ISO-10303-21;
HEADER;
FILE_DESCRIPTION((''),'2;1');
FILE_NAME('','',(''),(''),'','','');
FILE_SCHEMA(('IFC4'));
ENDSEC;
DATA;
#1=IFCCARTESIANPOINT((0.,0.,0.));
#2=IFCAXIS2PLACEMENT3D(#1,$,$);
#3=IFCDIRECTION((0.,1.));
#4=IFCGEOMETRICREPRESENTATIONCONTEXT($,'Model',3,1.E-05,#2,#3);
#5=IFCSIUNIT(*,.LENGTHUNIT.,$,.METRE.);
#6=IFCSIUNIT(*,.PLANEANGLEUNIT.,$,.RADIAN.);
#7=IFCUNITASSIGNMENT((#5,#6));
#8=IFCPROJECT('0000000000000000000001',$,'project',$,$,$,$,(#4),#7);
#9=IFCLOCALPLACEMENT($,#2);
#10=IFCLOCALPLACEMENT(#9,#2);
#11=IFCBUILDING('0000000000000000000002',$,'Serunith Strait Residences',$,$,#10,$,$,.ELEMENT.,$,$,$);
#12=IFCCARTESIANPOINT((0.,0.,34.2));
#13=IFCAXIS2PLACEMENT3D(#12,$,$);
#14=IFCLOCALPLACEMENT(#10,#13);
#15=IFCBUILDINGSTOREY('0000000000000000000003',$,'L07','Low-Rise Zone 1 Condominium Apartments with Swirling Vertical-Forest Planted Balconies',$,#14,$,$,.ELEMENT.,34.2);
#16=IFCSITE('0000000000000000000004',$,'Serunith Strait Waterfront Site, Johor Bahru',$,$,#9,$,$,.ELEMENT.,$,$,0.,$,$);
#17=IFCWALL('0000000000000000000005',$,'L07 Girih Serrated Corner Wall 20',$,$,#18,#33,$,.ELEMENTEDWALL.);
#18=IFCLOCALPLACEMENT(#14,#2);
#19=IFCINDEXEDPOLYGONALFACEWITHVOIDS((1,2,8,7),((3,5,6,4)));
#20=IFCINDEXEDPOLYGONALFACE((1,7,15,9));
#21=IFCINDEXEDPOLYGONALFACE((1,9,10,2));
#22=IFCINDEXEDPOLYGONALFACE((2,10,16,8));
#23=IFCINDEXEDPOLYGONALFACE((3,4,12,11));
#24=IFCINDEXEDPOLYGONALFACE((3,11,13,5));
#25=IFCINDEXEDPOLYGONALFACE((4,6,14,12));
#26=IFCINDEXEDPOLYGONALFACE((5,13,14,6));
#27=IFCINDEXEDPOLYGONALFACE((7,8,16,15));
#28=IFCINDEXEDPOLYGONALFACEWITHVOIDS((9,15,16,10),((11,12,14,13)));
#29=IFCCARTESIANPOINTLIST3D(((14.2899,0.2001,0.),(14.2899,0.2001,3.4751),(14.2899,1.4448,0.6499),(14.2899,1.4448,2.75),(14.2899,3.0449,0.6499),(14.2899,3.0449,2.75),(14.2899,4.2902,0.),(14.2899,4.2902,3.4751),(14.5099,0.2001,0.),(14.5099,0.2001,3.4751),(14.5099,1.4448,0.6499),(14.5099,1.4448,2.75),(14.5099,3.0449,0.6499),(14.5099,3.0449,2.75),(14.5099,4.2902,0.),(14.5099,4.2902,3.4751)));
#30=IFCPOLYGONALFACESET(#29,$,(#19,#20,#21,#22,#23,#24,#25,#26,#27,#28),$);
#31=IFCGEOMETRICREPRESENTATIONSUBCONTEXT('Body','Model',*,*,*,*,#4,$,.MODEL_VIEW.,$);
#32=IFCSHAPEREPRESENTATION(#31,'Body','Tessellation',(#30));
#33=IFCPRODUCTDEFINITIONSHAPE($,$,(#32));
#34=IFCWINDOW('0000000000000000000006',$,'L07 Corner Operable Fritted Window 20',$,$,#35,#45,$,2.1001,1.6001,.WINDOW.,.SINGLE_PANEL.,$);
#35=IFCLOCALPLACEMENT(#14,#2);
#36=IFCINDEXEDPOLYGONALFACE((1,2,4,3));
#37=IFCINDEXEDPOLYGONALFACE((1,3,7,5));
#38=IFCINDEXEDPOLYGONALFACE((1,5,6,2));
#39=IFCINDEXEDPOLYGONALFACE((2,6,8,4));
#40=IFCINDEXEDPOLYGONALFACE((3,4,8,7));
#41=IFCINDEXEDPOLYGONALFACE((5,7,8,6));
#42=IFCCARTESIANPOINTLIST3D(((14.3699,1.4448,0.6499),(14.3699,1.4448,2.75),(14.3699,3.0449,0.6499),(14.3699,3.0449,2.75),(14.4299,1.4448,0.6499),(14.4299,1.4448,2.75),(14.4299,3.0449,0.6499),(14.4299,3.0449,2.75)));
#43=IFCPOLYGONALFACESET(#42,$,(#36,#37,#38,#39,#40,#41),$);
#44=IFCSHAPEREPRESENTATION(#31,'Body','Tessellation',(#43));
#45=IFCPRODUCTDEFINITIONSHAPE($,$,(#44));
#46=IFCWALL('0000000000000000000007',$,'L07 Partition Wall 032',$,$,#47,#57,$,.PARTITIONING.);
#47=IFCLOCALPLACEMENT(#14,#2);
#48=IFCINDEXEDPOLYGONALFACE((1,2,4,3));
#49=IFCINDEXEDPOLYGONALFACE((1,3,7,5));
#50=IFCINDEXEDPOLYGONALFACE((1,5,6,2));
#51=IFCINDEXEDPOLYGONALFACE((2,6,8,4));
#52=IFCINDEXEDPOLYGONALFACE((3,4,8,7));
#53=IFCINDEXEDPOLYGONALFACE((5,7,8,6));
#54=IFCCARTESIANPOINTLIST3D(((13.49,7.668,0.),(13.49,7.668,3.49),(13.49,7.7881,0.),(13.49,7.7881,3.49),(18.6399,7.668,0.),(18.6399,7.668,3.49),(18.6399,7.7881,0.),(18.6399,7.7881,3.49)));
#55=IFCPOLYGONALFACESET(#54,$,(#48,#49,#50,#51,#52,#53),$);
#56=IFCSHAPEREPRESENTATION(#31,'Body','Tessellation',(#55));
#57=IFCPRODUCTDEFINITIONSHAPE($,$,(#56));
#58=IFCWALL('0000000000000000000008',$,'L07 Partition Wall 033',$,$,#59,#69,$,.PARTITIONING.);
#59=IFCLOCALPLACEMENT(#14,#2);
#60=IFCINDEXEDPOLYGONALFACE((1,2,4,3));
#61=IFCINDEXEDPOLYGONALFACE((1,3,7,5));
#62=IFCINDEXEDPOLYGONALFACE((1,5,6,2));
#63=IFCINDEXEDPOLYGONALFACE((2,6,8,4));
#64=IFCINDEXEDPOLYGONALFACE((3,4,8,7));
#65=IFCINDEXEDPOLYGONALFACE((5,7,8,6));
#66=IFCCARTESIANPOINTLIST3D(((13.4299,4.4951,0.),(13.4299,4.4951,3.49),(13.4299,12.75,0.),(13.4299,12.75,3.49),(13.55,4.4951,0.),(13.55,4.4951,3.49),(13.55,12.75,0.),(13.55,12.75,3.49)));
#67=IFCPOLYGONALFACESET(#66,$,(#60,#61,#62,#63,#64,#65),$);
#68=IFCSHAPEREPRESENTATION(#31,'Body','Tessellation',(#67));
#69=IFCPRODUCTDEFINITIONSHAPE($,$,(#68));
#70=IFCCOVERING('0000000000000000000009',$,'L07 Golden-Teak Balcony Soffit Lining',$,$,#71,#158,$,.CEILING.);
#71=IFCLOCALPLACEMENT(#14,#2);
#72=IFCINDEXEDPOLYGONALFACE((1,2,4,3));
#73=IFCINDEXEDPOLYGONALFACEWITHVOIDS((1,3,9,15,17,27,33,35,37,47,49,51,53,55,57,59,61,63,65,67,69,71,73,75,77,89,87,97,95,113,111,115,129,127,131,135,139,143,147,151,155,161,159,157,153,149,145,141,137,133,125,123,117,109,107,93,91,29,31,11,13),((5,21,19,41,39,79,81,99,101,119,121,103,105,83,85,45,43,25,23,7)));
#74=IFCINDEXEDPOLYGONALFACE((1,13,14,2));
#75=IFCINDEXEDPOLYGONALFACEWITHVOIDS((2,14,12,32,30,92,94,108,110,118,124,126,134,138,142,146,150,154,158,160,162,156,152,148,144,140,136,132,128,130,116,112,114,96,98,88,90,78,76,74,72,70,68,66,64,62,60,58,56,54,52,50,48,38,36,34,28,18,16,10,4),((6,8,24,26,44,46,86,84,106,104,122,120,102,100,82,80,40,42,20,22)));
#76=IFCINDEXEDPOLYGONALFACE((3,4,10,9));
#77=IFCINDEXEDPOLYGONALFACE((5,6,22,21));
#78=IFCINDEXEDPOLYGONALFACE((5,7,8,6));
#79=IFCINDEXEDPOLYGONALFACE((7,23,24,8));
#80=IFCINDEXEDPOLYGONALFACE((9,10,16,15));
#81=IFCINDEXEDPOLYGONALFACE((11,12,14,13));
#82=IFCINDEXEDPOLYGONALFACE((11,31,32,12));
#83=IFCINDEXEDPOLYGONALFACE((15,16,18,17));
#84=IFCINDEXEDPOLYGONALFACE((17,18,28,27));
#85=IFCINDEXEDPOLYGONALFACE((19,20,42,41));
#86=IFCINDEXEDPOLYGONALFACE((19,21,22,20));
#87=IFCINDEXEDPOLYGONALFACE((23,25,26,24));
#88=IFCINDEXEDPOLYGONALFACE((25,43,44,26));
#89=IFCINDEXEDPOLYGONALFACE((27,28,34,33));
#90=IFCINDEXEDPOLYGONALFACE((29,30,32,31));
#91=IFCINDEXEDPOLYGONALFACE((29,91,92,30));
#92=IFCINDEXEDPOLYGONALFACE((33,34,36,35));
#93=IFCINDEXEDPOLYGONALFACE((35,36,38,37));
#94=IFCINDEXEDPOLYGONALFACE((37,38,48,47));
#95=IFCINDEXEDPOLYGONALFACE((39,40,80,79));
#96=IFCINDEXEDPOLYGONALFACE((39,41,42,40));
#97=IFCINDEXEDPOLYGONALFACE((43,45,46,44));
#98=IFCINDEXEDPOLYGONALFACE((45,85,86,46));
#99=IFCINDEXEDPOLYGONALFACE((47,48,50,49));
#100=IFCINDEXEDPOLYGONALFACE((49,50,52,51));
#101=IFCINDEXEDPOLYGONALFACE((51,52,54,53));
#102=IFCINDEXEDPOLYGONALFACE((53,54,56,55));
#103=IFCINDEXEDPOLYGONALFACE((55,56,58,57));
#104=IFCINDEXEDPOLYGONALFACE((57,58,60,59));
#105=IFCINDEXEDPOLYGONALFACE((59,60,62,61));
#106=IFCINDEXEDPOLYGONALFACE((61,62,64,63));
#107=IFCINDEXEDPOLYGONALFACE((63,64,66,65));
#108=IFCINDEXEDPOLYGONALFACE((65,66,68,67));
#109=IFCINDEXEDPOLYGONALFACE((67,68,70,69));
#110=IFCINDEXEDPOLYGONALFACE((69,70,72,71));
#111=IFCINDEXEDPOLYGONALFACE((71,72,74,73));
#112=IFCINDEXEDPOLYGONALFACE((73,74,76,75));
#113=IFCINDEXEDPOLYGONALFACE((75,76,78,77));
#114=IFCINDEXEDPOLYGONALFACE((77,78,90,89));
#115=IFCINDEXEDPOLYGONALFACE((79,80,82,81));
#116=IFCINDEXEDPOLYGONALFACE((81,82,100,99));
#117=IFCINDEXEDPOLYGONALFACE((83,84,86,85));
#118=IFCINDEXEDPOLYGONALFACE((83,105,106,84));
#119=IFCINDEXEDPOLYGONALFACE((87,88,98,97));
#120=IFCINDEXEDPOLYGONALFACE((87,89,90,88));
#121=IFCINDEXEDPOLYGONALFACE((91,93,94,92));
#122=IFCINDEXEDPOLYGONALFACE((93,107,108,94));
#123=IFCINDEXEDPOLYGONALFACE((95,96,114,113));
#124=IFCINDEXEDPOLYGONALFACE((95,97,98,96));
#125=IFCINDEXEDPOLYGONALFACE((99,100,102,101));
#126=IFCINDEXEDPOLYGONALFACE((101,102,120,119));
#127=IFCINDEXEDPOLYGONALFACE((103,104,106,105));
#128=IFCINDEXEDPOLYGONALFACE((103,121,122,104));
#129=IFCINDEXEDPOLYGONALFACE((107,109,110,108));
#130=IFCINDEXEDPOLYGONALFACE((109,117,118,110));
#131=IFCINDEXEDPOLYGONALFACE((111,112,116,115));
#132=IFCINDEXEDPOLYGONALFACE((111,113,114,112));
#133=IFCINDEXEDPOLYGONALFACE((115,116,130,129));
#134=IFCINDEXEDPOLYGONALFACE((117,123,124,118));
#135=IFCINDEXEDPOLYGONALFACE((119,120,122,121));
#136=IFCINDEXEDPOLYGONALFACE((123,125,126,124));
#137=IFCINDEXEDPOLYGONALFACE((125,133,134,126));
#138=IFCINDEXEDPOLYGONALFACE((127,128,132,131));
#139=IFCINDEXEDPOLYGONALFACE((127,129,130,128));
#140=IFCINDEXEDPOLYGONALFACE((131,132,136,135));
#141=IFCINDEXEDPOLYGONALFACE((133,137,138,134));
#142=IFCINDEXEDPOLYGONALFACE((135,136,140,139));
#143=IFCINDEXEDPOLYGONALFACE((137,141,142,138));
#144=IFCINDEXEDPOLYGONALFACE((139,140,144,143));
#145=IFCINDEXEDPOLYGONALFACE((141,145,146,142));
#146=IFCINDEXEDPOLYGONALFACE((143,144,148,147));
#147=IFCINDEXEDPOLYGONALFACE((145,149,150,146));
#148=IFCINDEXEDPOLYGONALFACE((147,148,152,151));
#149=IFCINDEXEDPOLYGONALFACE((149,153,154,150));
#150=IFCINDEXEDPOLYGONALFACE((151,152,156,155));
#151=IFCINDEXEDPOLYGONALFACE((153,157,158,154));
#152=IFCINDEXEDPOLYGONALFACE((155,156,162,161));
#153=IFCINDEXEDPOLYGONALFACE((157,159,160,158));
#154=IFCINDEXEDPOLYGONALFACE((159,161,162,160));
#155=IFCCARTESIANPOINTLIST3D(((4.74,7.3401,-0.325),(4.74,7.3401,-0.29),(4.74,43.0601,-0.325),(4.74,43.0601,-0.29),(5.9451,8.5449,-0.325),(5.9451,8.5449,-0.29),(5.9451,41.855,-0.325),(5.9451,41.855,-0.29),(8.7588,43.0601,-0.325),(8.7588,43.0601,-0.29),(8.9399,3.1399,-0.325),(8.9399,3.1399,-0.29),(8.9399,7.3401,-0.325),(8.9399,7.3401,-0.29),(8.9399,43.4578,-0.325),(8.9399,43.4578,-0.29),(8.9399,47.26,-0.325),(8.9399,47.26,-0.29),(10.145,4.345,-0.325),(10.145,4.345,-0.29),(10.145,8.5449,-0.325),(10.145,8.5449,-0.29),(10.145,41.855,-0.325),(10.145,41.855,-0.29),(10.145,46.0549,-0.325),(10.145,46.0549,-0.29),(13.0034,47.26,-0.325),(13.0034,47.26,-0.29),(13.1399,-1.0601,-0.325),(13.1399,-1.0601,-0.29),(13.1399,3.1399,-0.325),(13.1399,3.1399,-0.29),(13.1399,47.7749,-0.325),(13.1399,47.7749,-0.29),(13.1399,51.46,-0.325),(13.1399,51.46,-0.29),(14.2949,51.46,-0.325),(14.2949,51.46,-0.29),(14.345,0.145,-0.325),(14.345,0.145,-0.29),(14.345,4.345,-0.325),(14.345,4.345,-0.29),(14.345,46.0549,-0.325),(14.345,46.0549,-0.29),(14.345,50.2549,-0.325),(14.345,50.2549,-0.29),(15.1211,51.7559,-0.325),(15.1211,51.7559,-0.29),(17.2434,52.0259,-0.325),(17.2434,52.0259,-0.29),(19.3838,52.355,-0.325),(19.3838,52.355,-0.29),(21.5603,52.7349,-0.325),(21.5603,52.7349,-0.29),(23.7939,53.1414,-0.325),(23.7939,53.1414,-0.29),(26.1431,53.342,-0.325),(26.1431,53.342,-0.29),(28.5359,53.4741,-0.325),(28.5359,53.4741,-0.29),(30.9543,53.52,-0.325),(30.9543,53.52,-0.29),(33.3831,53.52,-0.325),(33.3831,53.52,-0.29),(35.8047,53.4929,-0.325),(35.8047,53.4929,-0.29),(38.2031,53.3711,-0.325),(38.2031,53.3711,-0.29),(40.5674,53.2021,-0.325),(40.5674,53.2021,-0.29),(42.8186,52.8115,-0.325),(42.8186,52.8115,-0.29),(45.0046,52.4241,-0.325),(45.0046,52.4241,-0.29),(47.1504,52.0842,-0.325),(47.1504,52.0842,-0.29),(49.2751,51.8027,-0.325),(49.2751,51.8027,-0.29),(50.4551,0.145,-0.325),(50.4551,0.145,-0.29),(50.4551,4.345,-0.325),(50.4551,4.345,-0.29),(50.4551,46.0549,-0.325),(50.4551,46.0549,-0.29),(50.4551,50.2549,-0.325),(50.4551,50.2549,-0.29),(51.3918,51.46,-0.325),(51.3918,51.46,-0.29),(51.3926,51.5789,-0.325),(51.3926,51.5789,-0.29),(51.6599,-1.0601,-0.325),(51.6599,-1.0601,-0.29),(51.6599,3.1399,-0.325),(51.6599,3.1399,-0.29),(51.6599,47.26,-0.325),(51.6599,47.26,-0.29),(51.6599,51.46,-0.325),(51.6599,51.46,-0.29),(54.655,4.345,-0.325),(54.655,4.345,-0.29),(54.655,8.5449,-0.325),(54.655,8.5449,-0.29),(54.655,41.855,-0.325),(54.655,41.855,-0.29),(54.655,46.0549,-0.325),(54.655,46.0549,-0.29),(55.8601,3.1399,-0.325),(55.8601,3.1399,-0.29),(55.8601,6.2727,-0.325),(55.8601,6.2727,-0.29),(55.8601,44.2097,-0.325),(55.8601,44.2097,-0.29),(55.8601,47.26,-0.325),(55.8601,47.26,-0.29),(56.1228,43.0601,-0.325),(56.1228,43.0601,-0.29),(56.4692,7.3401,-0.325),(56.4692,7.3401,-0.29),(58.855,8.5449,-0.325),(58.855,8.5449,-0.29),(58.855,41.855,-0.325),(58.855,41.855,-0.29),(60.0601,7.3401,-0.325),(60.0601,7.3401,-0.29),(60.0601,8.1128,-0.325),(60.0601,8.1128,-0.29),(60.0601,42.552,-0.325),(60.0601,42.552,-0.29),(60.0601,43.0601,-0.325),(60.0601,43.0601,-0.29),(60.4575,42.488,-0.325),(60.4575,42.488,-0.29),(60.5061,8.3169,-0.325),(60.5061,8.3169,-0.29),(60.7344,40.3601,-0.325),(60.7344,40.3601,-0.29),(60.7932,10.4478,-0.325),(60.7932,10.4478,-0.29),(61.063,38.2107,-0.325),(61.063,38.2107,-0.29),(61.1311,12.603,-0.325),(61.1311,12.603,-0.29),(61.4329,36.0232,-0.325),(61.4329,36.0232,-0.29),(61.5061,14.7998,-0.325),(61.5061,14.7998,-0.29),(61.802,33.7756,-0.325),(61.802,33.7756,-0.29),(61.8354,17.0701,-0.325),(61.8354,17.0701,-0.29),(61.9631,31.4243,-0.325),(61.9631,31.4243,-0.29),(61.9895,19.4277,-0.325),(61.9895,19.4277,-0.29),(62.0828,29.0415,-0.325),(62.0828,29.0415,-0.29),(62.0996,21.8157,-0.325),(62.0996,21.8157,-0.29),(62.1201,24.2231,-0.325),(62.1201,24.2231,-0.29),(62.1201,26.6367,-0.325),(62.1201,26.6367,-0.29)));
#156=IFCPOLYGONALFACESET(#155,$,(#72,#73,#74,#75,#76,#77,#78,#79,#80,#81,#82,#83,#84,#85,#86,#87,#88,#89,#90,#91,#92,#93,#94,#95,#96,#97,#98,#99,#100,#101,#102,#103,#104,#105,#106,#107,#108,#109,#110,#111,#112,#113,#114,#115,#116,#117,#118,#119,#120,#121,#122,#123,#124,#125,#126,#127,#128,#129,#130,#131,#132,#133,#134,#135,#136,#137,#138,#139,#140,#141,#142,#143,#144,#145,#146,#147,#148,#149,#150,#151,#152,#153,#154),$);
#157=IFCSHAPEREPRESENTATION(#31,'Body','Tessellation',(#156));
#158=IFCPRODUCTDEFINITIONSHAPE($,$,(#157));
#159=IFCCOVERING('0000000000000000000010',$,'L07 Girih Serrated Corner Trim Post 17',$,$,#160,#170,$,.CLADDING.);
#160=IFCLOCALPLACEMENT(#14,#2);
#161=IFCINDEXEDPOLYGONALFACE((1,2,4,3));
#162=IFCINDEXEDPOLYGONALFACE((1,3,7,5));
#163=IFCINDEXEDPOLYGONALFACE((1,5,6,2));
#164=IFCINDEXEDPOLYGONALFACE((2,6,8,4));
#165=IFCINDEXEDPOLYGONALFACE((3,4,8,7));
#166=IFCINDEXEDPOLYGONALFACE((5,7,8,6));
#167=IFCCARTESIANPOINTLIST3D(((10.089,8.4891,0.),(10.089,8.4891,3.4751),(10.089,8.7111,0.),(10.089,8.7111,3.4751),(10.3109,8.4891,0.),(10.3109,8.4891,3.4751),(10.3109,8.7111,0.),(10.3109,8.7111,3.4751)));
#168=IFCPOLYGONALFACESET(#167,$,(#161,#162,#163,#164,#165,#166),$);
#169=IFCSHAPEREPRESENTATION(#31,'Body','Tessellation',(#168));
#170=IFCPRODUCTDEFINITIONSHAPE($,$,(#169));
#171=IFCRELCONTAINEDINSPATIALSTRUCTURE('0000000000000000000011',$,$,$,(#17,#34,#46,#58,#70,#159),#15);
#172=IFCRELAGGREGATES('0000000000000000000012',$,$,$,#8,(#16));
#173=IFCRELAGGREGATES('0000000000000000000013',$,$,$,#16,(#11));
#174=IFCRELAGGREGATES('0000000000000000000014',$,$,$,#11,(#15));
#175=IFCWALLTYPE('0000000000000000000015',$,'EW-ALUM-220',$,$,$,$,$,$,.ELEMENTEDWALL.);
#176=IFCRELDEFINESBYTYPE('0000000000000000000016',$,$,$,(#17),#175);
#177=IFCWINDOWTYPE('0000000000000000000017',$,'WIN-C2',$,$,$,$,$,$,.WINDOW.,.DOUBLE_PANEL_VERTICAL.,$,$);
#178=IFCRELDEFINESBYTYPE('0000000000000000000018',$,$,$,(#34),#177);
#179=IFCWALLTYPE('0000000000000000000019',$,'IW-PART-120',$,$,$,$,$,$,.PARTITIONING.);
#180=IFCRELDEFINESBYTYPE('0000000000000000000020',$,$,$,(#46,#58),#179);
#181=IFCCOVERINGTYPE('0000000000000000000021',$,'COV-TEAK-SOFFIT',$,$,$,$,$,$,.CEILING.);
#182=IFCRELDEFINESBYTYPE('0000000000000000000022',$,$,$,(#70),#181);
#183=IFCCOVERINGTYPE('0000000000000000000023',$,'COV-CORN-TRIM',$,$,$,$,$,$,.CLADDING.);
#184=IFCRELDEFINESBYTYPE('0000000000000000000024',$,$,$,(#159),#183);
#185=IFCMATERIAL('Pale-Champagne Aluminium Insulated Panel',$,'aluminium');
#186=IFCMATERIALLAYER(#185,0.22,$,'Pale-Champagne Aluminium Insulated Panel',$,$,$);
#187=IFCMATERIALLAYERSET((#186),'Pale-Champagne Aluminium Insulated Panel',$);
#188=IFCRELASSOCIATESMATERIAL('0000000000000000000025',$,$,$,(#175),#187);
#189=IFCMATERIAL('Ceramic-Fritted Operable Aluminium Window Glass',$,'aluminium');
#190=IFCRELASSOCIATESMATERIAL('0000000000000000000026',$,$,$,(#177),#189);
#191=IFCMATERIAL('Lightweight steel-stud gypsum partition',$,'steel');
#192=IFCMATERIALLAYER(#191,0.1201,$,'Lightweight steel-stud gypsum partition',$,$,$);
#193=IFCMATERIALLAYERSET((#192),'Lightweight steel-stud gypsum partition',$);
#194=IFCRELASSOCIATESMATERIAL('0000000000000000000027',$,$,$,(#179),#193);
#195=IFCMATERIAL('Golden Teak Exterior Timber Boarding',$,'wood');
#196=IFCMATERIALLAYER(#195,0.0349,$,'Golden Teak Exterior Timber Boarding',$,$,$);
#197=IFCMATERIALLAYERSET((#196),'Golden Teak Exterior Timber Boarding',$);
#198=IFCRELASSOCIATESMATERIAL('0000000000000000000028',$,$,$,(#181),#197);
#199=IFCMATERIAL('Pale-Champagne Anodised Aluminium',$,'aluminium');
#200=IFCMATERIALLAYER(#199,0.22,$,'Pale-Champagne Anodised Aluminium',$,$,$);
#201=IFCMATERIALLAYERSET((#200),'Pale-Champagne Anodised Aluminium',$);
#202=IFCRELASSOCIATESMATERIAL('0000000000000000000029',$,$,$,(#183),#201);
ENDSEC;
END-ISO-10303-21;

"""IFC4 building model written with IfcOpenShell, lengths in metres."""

from ifc_helpers import new_model, si_unit, direction, frame, frame_2d, origin, origin_2d, place, context, subcontext, project, spatial, polyline, rectangle, outline, extrude, source, transform, mapped, material, layer, layer_set, type_object, element, fill, save


model = new_model("IFC4")

# Units and contexts
model_context = context("Model", 3, precision=1e-05, world=origin(), true_north=direction((0.0, 1.0)))
body_context = subcontext(model_context, "Body", "Model", "MODEL_VIEW")
ifc_project = project(units=[si_unit("LENGTHUNIT", "METRE"), si_unit("PLANEANGLEUNIT", "RADIAN")], contexts=[model_context])

# Site, building, storey
site_placement = place(None, origin())
site = spatial("IfcSite", under=ifc_project, at=site_placement, Name="Serunith Strait Waterfront Site, Johor Bahru", CompositionType="ELEMENT", RefElevation=0.0)
building_placement = place(site_placement, origin())
building = spatial("IfcBuilding", under=site, at=building_placement, Name="Serunith Strait Residences", CompositionType="ELEMENT")
storey_placement = place(building_placement, frame((0.0, 0.0, 34.2)))
storey = spatial("IfcBuildingStorey", under=building, at=storey_placement, Name="L07", Description="Low-Rise Zone 1 Condominium Apartments with Swirling Vertical-Forest Planted Balconies", CompositionType="ELEMENT", Elevation=34.2)

# Shared definitions
ifc_material_1 = material(Name="Pale-Champagne Anodised Aluminium", Category="aluminium")

# Wall, opening, window
ifc_material_2 = material(Name="Pale-Champagne Aluminium Insulated Panel", Category="aluminium")
ifc_layer_1 = layer(ifc_material_2, 0.22, Name="Pale-Champagne Aluminium Insulated Panel")
ifc_layer_set_1 = layer_set([ifc_layer_1], Name="Pale-Champagne Aluminium Insulated Panel")
wall_type_1 = type_object("IfcWallType", Name="EW-ALUM-220", PredefinedType="ELEMENTEDWALL", material=ifc_layer_set_1)
ifc_material_3 = material(Name="Ceramic-Fritted Operable Aluminium Window Glass", Category="aluminium")
window_type = type_object("IfcWindowType", Name="WIN-C2", PartitioningType="DOUBLE_PANEL_VERTICAL", PredefinedType="WINDOW", material=ifc_material_3)
shared_shape_1 = source(origin(), body_context, "Body", "SweptSolid", [
    extrude(rectangle(XDim=1.6001, YDim=2.1001, at=frame_2d((0.8, 1.05))), frame((0.0, 0.03, 0.0), z_axis=(0.0, -1.0, 0.0), x_axis=(1.0, 0.0, 0.0)), (0.0, 0.0, 1.0), 0.0601),
])
wall_1_placement = place(storey_placement, frame((14.3999, 4.29, 0.0), z_axis=(0.0, 0.0, 1.0), x_axis=(0.0, -1.0, 0.0)))
wall_1 = element("IfcWall", 1, at=wall_1_placement, inside=storey, type_object=wall_type_1, Name="L07 Girih Serrated Corner Wall 20", PredefinedType="ELEMENTEDWALL", context=body_context, shape_type="SweptSolid", body=[
    extrude(rectangle(XDim=4.0901, YDim=0.22, at=frame_2d((2.0449, 0.0))), origin(), (0.0, 0.0, 1.0), 3.4751),
])
opening_1_placement = place(wall_1_placement, frame((1.2451, 0.0, 0.6499)))
opening_1 = element("IfcOpeningElement", 2, at=opening_1_placement, cuts=wall_1, PredefinedType="OPENING", context=body_context, shape_type="SweptSolid", body=[
    extrude(rectangle(XDim=1.6001, YDim=2.1001, at=frame_2d((0.8, 1.05))), frame((0.0, 0.1201, 0.0), z_axis=(0.0, -1.0, 0.0), x_axis=(1.0, 0.0, 0.0)), (0.0, 0.0, 1.0), 0.24),
])
window_1_placement = place(opening_1_placement, origin())
window_1 = element("IfcWindow", 3, at=window_1_placement, inside=storey, type_object=window_type, Name="L07 Corner Operable Fritted Window 20", OverallHeight=2.1001, OverallWidth=1.6001, PartitioningType="SINGLE_PANEL", PredefinedType="WINDOW", context=body_context, shape_type="MappedRepresentation", body=[
    mapped(shared_shape_1, transform((0.0, 0.0, 0.0), scale=1.0)),
])
fill(opening_1, window_1)

# Walls
ifc_material_4 = material(Name="Lightweight steel-stud gypsum partition", Category="steel")
ifc_layer_2 = layer(ifc_material_4, 0.1201, Name="Lightweight steel-stud gypsum partition")
ifc_layer_set_2 = layer_set([ifc_layer_2], Name="Lightweight steel-stud gypsum partition")
wall_type_2 = type_object("IfcWallType", Name="IW-PART-120", PredefinedType="PARTITIONING", material=ifc_layer_set_2)
wall_2_placement = place(storey_placement, frame((13.49, 7.728, 0.0), z_axis=(0.0, 0.0, 1.0), x_axis=(1.0, 0.0, 0.0)))
element("IfcWall", 4, at=wall_2_placement, inside=storey, type_object=wall_type_2, Name="L07 Partition Wall 032", PredefinedType="PARTITIONING", context=body_context, shape_type="SweptSolid", body=[
    extrude(rectangle(XDim=5.1499, YDim=0.1201, at=frame_2d((2.575, 0.0))), origin(), (0.0, 0.0, 1.0), 3.49),
])
wall_3_placement = place(storey_placement, frame((13.49, 4.4951, 0.0), z_axis=(0.0, 0.0, 1.0), x_axis=(0.0, 1.0, 0.0)))
element("IfcWall", 5, at=wall_3_placement, inside=storey, type_object=wall_type_2, Name="L07 Partition Wall 033", PredefinedType="PARTITIONING", context=body_context, shape_type="SweptSolid", body=[
    extrude(rectangle(XDim=8.2549, YDim=0.1201, at=frame_2d((4.1274, 0.0))), origin(), (0.0, 0.0, 1.0), 3.49),
])

# Covering
ifc_material_5 = material(Name="Golden Teak Exterior Timber Boarding", Category="wood")
ifc_layer_3 = layer(ifc_material_5, 0.0349, Name="Golden Teak Exterior Timber Boarding")
ifc_layer_set_3 = layer_set([ifc_layer_3], Name="Golden Teak Exterior Timber Boarding")
covering_type_1 = type_object("IfcCoveringType", Name="COV-TEAK-SOFFIT", PredefinedType="CEILING", material=ifc_layer_set_3)
covering_placement = place(storey_placement, frame((0.0, 0.0, -0.325)))
element("IfcCovering", 6, at=covering_placement, inside=storey, type_object=covering_type_1, Name="L07 Golden-Teak Balcony Soffit Lining", PredefinedType="CEILING", context=body_context, shape_type="SweptSolid", body=[
    extrude(outline(polyline([(13.0034, 47.26), (13.1399, 47.7749), (13.1399, 51.46), (14.2949, 51.46), (15.1211, 51.7559), (17.2434, 52.0259), (19.3838, 52.355), (21.5603, 52.7349), (23.7939, 53.1414), (26.1431, 53.342), (28.5359, 53.4741), (30.9543, 53.52), (33.3831, 53.52), (35.8047, 53.4929), (38.2031, 53.3711), (40.5674, 53.2021), (42.8186, 52.8115), (45.0046, 52.4241), (47.1504, 52.0842), (49.2751, 51.8027), (51.3926, 51.5789), (51.3918, 51.46), (51.6599, 51.46), (51.6599, 47.26), (55.8601, 47.26), (55.8601, 44.2097), (56.1228, 43.0601), (60.0601, 43.0601), (60.0601, 42.552), (60.4575, 42.488), (60.7344, 40.3601), (61.063, 38.2107), (61.4329, 36.0232), (61.802, 33.7756), (61.9631, 31.4243), (62.0828, 29.0415), (62.1201, 26.6367), (62.1201, 24.2231), (62.0996, 21.8157), (61.9895, 19.4277), (61.8354, 17.0701), (61.5061, 14.7998), (61.1311, 12.603), (60.7932, 10.4478), (60.5061, 8.3169), (60.0601, 8.1128), (60.0601, 7.3401), (56.4692, 7.3401), (55.8601, 6.2727), (55.8601, 3.1399), (51.6599, 3.1399), (51.6599, -1.0601), (13.1399, -1.0601), (13.1399, 3.1399), (8.9399, 3.1399), (8.9399, 7.3401), (4.74, 7.3401), (4.74, 43.0601), (8.7588, 43.0601), (8.9399, 43.4578), (8.9399, 47.26), (13.0034, 47.26)]), holes=[polyline([(50.4551, 0.145), (50.4551, 4.345), (54.655, 4.345), (54.655, 8.5449), (58.855, 8.5449), (58.855, 41.855), (54.655, 41.855), (54.655, 46.0549), (50.4551, 46.0549), (50.4551, 50.2549), (14.345, 50.2549), (14.345, 46.0549), (10.145, 46.0549), (10.145, 41.855), (5.9451, 41.855), (5.9451, 8.5449), (10.145, 8.5449), (10.145, 4.345), (14.345, 4.345), (14.345, 0.145), (50.4551, 0.145)])]), origin(), (0.0, 0.0, 1.0), 0.0349),
])

# Covering
ifc_layer_4 = layer(ifc_material_1, 0.22, Name="Pale-Champagne Anodised Aluminium")
ifc_layer_set_4 = layer_set([ifc_layer_4], Name="Pale-Champagne Anodised Aluminium")
covering_type_2 = type_object("IfcCoveringType", Name="COV-CORN-TRIM", PredefinedType="CLADDING", material=ifc_layer_set_4)
shared_shape_2 = source(origin(), body_context, "Body", "SweptSolid", [
    extrude(rectangle(XDim=0.2219, YDim=0.2219, at=origin_2d()), origin(), (0.0, 0.0, 1.0), 3.4751),
])
for number, where, z_axis, x_axis, name in (
    (7, (10.2, 8.6001, 0.0), (0.0, 0.0, 1.0), (1.0, 0.0, 0.0), "L07 Girih Serrated Corner Trim Post 17"),
):
    element("IfcCovering", number, at=place(storey_placement, frame(where, z_axis=z_axis, x_axis=x_axis)), inside=storey, type_object=covering_type_2, Name=name, PredefinedType="CLADDING", context=body_context, shape_type="MappedRepresentation", body=[
        mapped(shared_shape_2, transform((0.0, 0.0, 0.0), scale=1.0)),
    ])

save(model, "model.ifc")
